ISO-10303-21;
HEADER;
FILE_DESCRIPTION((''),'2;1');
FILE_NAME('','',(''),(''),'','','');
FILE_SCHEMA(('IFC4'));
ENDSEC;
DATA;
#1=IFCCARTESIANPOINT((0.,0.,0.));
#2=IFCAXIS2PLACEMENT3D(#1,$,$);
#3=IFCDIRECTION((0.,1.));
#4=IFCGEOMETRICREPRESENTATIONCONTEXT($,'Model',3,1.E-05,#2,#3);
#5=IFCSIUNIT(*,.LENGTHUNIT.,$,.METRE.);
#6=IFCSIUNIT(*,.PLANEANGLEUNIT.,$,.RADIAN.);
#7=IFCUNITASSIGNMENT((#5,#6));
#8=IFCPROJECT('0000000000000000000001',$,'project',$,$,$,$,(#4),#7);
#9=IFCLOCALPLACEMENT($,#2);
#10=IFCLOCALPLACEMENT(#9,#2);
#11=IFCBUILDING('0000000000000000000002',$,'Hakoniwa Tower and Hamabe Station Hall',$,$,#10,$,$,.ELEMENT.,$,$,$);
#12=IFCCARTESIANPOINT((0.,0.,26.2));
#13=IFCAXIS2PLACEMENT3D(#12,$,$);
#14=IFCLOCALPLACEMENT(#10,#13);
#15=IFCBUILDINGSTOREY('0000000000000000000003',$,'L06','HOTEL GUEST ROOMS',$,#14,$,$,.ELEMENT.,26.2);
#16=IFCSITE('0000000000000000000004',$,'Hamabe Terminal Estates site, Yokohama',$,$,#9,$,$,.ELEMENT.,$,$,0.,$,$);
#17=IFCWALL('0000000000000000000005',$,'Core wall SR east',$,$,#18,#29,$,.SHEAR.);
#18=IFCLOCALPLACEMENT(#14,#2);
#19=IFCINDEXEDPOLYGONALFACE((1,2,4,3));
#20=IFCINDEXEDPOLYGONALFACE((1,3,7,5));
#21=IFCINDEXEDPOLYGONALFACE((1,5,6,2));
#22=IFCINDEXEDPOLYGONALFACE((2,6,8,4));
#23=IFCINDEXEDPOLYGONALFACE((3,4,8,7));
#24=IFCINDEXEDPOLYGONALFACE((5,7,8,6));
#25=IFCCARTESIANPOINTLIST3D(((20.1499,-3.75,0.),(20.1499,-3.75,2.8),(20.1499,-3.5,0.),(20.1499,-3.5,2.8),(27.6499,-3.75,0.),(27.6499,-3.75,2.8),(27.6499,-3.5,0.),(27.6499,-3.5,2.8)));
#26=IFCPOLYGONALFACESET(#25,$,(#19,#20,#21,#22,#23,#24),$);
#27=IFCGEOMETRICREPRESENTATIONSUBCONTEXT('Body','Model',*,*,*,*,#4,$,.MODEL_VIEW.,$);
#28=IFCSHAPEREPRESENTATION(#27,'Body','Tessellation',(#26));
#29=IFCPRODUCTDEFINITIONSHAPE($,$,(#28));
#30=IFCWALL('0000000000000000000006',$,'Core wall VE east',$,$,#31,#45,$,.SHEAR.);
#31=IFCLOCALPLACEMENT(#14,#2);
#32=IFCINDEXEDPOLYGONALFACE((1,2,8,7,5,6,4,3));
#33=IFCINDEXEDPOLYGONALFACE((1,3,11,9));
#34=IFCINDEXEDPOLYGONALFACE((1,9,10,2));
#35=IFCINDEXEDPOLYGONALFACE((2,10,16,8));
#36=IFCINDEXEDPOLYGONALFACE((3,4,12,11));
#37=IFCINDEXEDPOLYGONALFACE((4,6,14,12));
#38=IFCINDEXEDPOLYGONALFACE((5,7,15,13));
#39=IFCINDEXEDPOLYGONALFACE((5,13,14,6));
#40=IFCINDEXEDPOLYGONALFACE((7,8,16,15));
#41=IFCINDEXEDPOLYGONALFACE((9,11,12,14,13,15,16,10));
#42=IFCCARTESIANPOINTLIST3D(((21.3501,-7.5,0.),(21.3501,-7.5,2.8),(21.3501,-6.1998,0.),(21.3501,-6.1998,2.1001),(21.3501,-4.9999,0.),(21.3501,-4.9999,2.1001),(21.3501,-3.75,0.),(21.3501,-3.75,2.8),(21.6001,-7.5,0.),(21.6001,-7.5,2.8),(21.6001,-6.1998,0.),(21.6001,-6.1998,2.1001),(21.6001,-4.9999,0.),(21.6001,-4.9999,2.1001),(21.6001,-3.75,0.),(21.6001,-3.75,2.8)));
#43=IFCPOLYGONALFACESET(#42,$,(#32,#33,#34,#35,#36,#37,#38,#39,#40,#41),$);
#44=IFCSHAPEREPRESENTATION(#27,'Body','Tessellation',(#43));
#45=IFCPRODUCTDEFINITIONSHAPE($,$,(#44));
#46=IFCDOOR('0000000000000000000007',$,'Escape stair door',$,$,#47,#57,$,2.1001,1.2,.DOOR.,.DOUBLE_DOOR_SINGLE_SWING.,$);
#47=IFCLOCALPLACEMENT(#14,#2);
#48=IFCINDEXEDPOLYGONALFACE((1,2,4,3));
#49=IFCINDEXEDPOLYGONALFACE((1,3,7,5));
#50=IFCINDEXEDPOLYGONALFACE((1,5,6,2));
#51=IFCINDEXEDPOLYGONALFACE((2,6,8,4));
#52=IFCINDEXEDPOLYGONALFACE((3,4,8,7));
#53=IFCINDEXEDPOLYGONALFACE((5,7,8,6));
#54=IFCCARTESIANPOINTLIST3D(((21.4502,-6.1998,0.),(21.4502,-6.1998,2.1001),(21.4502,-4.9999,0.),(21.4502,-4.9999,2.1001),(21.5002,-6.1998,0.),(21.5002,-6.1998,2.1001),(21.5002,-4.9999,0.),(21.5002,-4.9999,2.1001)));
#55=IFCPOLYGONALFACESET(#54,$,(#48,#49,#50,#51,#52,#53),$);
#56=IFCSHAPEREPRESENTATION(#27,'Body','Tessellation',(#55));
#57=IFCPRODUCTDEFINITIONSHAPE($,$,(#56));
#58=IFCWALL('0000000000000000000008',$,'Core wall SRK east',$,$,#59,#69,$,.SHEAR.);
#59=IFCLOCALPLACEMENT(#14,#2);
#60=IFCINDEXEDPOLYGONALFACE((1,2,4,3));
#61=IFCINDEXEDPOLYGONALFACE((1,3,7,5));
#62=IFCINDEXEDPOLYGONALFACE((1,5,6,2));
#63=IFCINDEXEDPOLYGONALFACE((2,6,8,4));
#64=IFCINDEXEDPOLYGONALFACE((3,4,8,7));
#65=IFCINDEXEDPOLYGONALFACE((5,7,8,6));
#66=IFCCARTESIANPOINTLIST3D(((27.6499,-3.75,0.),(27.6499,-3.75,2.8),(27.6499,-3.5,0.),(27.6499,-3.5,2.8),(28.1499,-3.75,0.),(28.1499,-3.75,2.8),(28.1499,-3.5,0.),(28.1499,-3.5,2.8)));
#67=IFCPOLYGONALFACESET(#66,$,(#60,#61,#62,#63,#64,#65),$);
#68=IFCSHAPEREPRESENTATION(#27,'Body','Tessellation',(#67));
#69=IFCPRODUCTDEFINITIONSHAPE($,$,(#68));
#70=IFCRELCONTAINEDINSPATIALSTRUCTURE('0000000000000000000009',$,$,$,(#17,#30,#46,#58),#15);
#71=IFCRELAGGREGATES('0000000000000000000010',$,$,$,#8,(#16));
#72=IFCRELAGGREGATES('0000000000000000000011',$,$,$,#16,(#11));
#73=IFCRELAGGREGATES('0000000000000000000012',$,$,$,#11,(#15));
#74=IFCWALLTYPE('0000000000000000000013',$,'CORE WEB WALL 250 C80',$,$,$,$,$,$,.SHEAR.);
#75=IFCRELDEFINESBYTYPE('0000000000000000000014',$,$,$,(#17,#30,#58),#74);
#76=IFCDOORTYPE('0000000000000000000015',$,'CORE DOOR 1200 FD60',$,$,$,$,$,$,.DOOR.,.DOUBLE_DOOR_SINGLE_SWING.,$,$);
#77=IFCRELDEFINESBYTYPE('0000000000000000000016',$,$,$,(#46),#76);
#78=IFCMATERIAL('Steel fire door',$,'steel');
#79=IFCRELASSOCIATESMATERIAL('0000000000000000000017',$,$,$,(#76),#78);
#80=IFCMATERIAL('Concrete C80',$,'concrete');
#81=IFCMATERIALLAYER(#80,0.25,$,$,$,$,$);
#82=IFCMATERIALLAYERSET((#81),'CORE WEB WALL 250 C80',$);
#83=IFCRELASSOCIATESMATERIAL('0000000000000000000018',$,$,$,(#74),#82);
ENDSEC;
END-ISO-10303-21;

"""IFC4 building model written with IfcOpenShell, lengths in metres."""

from ifc_helpers import new_model, si_unit, direction, frame, frame_2d, origin, place, context, subcontext, project, spatial, rectangle, extrude, material, layer, layer_set, type_object, element, fill, save


model = new_model("IFC4")

# Units and contexts
model_context = context("Model", 3, precision=1e-05, world=origin(), true_north=direction((0.0, 1.0)))
body_context = subcontext(model_context, "Body", "Model", "MODEL_VIEW")
ifc_project = project(units=[si_unit("LENGTHUNIT", "METRE"), si_unit("PLANEANGLEUNIT", "RADIAN")], contexts=[model_context])

# Site, building, storey
site_placement = place(None, origin())
site = spatial("IfcSite", under=ifc_project, at=site_placement, Name="Hamabe Terminal Estates site, Yokohama", CompositionType="ELEMENT", RefElevation=0.0)
building_placement = place(site_placement, origin())
building = spatial("IfcBuilding", under=site, at=building_placement, Name="Hakoniwa Tower and Hamabe Station Hall", CompositionType="ELEMENT")
storey_placement = place(building_placement, frame((0.0, 0.0, 26.2)))
storey = spatial("IfcBuildingStorey", under=building, at=storey_placement, Name="L06", Description="HOTEL GUEST ROOMS", CompositionType="ELEMENT", Elevation=26.2)

# Shared definitions
ifc_material_1 = material(Name="Steel fire door", Category="steel")
door_type_1 = type_object("IfcDoorType", Name="CORE DOOR 1200 FD60", OperationType="DOUBLE_DOOR_SINGLE_SWING", PredefinedType="DOOR", material=ifc_material_1)

# Shared definitions
ifc_material_2 = material(Name="Concrete C80", Category="concrete")
ifc_layer_1 = layer(ifc_material_2, 0.25)
ifc_layer_set_1 = layer_set([ifc_layer_1], Name="CORE WEB WALL 250 C80")
wall_type_1 = type_object("IfcWallType", Name="CORE WEB WALL 250 C80", PredefinedType="SHEAR", material=ifc_layer_set_1)

# Wall
wall_1_placement = place(storey_placement, frame((20.1499, -3.625, 0.0), z_axis=(0.0, 0.0, 1.0), x_axis=(1.0, 0.0, 0.0)))
element("IfcWall", 1, at=wall_1_placement, inside=storey, type_object=wall_type_1, Name="Core wall SR east", PredefinedType="SHEAR", context=body_context, shape_type="SweptSolid", body=[
    extrude(rectangle(XDim=7.5, YDim=0.25, at=frame_2d((3.75, 0.0))), origin(), (0.0, 0.0, 1.0), 2.8),
])

# Wall, opening, door
wall_2_placement = place(storey_placement, frame((21.4751, -7.5, 0.0), z_axis=(0.0, 0.0, 1.0), x_axis=(0.0, 1.0, 0.0)))
wall_2 = element("IfcWall", 2, at=wall_2_placement, inside=storey, type_object=wall_type_1, Name="Core wall VE east", PredefinedType="SHEAR", context=body_context, shape_type="SweptSolid", body=[
    extrude(rectangle(XDim=3.75, YDim=0.25, at=frame_2d((1.875, 0.0))), origin(), (0.0, 0.0, 1.0), 2.8),
])
opening_1_placement = place(wall_2_placement, frame((1.3, 0.0, 0.0)))
opening_1 = element("IfcOpeningElement", 3, at=opening_1_placement, cuts=wall_2, PredefinedType="OPENING", context=body_context, shape_type="SweptSolid", body=[
    extrude(rectangle(XDim=1.2, YDim=2.1001, at=frame_2d((0.6001, 1.05))), frame((0.0, 0.135, 0.0), z_axis=(0.0, -1.0, 0.0), x_axis=(1.0, 0.0, 0.0)), (0.0, 0.0, 1.0), 0.27),
])
door_1_placement = place(opening_1_placement, origin())
door_1 = element("IfcDoor", 4, at=door_1_placement, inside=storey, type_object=door_type_1, Name="Escape stair door", OperationType="DOUBLE_DOOR_SINGLE_SWING", OverallHeight=2.1001, OverallWidth=1.2, PredefinedType="DOOR", context=body_context, shape_type="SweptSolid", body=[
    extrude(rectangle(XDim=1.2, YDim=2.1001, at=frame_2d((0.6001, 1.05))), frame((0.0, 0.0249, 0.0), z_axis=(0.0, -1.0, 0.0), x_axis=(1.0, 0.0, 0.0)), (0.0, 0.0, 1.0), 0.05),
])
fill(opening_1, door_1)

# Wall
wall_3_placement = place(storey_placement, frame((27.6499, -3.625, 0.0), z_axis=(0.0, 0.0, 1.0), x_axis=(1.0, 0.0, 0.0)))
element("IfcWall", 5, at=wall_3_placement, inside=storey, type_object=wall_type_1, Name="Core wall SRK east", PredefinedType="SHEAR", context=body_context, shape_type="SweptSolid", body=[
    extrude(rectangle(XDim=0.5, YDim=0.25, at=frame_2d((0.25, 0.0))), origin(), (0.0, 0.0, 1.0), 2.8),
])

save(model, "model.ifc")
